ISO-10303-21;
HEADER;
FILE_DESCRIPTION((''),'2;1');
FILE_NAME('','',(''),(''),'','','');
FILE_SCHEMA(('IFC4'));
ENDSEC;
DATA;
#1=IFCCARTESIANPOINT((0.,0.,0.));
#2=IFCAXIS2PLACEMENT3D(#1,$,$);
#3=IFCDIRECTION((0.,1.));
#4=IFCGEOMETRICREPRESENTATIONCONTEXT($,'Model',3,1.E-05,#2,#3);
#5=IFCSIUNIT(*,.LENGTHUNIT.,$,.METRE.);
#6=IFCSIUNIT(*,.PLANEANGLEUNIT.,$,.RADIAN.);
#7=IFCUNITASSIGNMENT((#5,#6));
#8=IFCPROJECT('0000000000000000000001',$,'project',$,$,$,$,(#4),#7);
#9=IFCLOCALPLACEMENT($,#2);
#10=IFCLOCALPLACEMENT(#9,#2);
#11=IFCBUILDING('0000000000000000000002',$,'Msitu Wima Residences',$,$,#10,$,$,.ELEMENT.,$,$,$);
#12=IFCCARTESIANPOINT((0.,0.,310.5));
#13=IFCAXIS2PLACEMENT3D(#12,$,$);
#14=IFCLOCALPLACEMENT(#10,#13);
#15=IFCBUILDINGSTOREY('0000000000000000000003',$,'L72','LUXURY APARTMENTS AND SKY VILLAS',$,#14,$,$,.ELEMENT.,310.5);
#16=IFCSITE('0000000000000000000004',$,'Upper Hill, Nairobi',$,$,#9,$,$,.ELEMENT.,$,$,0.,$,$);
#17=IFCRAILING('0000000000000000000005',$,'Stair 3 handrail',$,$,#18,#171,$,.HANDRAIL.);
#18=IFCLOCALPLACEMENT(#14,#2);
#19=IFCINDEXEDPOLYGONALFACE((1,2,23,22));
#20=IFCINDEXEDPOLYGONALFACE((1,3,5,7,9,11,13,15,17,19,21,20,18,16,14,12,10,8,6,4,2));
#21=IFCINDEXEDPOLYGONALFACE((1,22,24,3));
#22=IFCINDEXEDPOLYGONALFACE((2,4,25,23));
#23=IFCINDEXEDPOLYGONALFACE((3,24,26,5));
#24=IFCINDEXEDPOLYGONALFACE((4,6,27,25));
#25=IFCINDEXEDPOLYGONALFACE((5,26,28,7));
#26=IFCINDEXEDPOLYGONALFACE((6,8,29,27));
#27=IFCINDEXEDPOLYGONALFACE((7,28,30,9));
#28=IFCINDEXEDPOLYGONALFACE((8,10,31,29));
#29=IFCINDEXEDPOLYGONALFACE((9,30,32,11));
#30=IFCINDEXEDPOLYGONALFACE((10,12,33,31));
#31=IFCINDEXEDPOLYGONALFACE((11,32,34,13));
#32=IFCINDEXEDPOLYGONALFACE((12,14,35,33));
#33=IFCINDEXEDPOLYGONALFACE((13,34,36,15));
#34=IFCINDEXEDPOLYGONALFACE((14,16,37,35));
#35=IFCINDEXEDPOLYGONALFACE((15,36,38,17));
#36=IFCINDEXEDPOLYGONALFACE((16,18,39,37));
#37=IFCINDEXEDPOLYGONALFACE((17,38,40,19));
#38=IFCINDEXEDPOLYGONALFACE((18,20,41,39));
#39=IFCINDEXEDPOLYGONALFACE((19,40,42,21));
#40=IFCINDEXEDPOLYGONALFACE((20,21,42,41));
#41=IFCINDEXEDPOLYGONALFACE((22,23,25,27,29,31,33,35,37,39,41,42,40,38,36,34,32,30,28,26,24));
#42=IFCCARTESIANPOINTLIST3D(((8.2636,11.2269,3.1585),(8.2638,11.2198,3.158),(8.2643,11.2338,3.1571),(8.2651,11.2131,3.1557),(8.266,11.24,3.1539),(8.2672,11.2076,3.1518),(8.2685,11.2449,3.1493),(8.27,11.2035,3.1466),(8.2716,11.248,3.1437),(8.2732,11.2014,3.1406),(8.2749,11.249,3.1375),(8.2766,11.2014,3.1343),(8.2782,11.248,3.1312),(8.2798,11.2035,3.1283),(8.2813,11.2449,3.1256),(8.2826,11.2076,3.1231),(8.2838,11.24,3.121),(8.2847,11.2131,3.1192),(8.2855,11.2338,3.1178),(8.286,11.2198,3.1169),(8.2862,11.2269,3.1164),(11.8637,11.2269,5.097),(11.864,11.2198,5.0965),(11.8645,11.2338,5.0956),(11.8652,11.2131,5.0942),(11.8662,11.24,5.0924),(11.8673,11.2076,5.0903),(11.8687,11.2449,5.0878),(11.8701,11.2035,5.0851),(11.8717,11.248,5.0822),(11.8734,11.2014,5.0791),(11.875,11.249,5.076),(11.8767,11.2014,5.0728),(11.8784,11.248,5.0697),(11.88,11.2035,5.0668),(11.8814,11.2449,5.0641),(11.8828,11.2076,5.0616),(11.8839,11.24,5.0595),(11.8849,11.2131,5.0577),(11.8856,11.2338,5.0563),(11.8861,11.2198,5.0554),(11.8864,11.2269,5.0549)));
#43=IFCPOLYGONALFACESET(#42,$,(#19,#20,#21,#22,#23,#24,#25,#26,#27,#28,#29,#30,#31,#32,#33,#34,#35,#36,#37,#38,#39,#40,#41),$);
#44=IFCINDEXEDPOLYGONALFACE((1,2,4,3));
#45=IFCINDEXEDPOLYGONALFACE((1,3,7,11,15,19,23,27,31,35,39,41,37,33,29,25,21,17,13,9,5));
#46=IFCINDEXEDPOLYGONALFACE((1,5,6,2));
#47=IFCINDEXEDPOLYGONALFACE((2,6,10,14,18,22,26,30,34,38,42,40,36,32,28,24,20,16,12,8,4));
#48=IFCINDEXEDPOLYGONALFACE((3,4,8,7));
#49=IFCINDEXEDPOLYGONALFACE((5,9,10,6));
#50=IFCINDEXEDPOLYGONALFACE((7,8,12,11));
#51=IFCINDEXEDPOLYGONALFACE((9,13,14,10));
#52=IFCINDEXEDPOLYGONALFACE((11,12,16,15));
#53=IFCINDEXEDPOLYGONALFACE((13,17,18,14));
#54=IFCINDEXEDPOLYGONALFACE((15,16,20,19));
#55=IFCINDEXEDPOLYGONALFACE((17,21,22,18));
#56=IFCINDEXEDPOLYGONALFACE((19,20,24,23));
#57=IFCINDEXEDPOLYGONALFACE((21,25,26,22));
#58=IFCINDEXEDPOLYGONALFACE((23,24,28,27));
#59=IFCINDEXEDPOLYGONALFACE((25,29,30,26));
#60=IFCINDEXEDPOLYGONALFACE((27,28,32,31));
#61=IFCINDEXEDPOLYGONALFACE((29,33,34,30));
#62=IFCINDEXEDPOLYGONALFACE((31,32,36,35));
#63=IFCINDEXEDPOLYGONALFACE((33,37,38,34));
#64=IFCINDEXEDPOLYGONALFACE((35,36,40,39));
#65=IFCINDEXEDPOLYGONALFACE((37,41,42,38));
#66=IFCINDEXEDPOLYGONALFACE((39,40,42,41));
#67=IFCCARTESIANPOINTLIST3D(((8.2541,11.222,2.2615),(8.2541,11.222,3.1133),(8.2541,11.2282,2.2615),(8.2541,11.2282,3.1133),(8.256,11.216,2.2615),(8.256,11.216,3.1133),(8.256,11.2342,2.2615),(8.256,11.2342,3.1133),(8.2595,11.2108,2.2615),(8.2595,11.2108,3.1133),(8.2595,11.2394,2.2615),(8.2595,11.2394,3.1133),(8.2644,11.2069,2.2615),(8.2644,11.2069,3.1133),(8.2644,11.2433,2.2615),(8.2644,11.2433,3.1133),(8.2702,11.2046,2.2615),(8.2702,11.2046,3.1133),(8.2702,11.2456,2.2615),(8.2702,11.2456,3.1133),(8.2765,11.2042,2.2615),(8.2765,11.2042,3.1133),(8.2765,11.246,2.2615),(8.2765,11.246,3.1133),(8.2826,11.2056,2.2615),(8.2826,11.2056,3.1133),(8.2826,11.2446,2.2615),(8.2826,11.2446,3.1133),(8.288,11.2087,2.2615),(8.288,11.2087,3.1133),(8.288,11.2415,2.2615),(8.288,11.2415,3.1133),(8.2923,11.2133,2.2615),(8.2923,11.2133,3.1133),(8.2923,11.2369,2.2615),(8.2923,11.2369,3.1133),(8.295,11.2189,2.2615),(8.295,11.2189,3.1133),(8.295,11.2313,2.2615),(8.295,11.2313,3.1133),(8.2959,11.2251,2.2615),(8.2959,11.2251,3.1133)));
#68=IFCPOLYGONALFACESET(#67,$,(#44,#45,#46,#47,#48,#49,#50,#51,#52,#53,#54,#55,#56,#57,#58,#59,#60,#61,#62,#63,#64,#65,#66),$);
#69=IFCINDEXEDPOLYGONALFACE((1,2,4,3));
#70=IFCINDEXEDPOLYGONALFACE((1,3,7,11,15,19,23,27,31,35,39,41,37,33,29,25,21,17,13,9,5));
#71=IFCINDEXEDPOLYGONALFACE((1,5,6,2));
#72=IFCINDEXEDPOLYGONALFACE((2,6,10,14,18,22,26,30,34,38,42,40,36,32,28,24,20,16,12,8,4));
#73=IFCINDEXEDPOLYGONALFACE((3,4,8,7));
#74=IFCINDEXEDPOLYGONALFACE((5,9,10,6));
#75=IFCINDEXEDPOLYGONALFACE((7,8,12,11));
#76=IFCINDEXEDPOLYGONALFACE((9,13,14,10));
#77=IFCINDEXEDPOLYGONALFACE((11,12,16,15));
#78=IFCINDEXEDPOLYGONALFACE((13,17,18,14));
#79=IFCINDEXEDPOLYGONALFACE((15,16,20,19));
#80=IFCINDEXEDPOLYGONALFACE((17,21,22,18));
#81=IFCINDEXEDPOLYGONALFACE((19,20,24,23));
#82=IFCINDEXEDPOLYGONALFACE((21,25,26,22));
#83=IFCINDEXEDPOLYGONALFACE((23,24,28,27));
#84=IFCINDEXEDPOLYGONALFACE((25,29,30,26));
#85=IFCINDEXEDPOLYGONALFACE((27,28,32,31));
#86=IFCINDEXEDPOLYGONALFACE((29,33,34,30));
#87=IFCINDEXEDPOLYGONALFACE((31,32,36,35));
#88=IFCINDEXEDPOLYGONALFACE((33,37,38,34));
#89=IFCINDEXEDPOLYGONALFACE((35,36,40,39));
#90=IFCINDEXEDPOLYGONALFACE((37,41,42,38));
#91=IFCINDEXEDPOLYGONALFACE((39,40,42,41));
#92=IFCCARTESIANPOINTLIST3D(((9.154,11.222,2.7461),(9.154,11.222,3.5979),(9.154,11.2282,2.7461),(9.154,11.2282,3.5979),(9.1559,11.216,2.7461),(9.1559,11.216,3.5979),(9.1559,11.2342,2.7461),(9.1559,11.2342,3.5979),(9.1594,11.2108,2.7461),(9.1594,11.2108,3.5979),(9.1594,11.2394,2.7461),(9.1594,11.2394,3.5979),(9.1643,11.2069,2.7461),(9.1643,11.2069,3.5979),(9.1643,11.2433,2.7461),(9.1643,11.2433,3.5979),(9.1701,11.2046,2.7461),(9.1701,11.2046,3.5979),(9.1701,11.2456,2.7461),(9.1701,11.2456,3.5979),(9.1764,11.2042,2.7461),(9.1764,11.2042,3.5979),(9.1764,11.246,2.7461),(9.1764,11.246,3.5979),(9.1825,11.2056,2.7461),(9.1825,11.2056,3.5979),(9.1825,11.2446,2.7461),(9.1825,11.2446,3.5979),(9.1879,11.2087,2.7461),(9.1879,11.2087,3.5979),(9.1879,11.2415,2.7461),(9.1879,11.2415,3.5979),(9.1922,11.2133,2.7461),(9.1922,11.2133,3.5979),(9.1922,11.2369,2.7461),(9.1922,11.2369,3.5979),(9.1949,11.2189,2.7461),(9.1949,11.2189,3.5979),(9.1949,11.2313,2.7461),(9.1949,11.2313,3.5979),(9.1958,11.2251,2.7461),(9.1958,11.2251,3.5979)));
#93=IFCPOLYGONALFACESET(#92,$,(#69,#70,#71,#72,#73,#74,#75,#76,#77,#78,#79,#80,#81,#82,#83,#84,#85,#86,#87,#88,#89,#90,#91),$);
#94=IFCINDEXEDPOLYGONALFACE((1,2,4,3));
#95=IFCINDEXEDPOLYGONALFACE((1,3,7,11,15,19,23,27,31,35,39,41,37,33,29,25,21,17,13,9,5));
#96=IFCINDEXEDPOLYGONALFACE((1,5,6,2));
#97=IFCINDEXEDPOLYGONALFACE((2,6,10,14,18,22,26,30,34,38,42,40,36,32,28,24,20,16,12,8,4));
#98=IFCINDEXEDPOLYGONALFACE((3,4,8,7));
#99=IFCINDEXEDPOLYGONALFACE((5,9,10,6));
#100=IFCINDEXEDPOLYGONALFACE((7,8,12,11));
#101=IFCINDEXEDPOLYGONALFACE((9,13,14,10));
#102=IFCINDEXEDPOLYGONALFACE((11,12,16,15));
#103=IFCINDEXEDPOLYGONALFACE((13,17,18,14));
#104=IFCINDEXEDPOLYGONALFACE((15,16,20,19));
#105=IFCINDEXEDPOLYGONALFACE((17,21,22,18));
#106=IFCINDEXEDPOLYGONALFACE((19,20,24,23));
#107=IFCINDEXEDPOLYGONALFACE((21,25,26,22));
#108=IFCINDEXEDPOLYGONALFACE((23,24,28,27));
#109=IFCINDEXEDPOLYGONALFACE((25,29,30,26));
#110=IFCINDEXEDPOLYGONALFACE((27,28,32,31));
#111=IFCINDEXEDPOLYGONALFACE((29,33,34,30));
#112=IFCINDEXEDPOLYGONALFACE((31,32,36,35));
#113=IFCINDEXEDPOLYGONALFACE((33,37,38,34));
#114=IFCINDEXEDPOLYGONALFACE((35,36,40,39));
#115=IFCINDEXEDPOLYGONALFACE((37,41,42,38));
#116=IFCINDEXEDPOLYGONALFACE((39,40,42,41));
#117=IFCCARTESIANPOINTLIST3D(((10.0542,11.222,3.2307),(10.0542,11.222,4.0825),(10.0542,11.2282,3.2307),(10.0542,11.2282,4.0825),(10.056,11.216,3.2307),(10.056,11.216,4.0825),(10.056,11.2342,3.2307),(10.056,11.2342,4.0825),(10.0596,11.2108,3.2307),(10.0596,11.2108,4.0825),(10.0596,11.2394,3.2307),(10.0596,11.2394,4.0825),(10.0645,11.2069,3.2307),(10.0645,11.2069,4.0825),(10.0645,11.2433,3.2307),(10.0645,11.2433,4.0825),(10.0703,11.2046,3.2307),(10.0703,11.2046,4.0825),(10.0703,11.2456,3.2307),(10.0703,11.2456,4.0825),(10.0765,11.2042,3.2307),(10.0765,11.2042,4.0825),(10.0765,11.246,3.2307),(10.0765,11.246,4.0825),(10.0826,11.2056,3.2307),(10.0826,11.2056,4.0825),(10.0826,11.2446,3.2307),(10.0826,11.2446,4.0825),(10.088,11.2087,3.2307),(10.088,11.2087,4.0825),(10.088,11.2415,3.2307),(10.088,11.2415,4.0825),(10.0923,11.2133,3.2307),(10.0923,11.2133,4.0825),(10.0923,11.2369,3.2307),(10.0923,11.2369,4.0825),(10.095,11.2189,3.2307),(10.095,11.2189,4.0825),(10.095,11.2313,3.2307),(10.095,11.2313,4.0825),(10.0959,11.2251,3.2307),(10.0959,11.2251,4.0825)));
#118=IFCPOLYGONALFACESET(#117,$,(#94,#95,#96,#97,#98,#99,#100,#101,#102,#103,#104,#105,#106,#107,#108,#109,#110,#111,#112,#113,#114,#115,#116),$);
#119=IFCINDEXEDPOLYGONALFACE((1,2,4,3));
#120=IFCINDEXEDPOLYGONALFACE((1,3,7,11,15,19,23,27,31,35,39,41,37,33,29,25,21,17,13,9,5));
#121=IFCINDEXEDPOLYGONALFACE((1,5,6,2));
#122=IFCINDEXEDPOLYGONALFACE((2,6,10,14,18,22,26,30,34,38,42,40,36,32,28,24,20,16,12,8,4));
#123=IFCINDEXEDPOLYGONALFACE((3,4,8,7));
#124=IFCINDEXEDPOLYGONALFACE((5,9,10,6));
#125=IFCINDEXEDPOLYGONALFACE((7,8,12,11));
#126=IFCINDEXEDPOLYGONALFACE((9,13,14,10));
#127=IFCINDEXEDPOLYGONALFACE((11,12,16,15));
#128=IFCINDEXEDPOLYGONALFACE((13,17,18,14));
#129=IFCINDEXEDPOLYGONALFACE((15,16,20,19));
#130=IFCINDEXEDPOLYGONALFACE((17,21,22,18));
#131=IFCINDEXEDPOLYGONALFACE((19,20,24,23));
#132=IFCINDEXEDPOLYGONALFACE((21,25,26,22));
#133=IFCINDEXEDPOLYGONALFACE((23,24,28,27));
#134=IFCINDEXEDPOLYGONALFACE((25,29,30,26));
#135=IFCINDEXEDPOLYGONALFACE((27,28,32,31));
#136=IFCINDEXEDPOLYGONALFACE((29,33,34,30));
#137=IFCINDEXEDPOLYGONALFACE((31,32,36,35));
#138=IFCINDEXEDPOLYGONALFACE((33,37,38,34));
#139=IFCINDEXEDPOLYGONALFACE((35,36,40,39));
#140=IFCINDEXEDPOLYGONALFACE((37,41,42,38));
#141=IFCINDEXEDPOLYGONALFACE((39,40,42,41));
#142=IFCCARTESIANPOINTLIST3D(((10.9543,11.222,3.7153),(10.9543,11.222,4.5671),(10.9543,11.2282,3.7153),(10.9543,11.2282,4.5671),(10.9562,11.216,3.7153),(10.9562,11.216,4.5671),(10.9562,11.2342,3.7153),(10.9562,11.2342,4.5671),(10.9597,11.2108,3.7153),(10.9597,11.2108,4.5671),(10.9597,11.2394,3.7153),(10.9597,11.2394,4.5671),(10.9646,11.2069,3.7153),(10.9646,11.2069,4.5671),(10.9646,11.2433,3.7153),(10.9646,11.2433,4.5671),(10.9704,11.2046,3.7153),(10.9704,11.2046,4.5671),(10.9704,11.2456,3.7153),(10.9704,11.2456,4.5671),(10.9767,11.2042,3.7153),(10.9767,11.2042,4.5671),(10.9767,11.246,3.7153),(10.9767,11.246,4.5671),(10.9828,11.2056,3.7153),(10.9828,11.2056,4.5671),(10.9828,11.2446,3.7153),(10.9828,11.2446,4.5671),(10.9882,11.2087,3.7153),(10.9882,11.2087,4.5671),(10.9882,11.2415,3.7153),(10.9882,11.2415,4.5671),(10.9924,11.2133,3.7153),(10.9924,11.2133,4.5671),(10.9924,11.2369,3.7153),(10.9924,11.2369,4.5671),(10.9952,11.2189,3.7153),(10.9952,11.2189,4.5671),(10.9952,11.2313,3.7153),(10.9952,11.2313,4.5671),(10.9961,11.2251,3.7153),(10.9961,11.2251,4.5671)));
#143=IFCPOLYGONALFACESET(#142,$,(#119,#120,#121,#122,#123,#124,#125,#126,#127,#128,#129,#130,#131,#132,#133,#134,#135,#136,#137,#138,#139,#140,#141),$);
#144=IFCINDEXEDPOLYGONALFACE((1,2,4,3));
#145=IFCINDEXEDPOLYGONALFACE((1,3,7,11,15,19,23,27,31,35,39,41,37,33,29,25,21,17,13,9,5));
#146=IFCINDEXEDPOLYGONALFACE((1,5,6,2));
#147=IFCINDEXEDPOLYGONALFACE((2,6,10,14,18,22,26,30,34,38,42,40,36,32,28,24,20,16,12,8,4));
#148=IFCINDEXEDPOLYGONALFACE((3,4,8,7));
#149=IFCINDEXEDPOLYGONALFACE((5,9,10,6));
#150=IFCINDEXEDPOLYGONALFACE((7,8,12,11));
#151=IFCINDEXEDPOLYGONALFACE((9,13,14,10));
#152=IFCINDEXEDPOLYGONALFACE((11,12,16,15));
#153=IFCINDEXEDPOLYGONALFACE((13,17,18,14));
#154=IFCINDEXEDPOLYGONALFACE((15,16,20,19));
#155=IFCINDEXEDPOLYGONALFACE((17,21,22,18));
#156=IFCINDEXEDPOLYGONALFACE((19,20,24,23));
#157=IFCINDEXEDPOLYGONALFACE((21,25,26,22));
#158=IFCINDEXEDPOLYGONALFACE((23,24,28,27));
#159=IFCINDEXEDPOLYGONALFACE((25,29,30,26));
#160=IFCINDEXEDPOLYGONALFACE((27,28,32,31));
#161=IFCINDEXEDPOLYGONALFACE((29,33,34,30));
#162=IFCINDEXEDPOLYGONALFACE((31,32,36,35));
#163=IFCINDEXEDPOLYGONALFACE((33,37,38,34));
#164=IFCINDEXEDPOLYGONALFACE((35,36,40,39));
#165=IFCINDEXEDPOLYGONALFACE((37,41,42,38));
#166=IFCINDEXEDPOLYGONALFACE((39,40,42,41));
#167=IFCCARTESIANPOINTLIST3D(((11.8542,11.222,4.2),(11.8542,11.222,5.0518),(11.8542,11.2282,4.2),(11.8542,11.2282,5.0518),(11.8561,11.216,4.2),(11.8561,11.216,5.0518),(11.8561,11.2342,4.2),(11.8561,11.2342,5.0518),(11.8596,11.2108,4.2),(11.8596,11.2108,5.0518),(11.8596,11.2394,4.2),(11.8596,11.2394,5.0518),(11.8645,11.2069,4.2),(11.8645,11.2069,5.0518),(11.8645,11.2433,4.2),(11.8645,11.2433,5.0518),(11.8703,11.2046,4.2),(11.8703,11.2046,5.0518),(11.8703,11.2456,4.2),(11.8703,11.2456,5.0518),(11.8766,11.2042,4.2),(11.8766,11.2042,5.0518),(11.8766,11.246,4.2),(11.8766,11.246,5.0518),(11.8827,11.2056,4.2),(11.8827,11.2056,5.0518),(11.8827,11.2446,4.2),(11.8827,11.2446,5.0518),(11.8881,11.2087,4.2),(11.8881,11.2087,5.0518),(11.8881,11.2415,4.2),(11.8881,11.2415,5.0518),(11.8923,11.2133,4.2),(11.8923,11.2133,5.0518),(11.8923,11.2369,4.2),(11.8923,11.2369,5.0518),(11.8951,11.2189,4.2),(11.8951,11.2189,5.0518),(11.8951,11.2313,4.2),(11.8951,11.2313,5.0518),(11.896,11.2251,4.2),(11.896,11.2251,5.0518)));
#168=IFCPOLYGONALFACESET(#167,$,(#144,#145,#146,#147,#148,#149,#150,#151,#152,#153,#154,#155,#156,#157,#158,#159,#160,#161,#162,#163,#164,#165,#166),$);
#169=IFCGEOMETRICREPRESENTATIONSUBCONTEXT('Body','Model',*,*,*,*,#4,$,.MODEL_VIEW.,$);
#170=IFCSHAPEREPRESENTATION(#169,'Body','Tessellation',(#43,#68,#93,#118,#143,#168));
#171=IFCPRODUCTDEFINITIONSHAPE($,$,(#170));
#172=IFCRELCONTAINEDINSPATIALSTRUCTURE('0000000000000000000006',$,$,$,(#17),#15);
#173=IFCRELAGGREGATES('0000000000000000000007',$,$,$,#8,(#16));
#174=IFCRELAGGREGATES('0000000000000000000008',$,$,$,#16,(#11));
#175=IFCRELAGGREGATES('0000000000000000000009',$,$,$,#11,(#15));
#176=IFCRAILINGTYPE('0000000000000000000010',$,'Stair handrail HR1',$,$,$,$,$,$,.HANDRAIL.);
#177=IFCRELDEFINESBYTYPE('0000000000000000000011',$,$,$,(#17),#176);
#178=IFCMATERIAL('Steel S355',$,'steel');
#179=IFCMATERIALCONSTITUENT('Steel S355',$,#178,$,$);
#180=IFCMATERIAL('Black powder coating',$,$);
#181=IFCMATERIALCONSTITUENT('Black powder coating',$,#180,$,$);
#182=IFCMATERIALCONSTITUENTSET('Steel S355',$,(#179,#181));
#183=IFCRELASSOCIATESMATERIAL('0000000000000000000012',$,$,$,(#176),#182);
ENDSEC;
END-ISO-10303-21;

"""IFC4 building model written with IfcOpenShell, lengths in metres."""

from ifc_helpers import new_model, si_unit, direction, frame, origin, origin_2d, place, context, subcontext, project, spatial, circle, extrude, material, constituent, constituent_set, type_object, element, save


model = new_model("IFC4")

# Units and contexts
model_context = context("Model", 3, precision=1e-05, world=origin(), true_north=direction((0.0, 1.0)))
body_context = subcontext(model_context, "Body", "Model", "MODEL_VIEW")
ifc_project = project(units=[si_unit("LENGTHUNIT", "METRE"), si_unit("PLANEANGLEUNIT", "RADIAN")], contexts=[model_context])

# Site, building, storey
site_placement = place(None, origin())
site = spatial("IfcSite", under=ifc_project, at=site_placement, Name="Upper Hill, Nairobi", CompositionType="ELEMENT", RefElevation=0.0)
building_placement = place(site_placement, origin())
building = spatial("IfcBuilding", under=site, at=building_placement, Name="Msitu Wima Residences", CompositionType="ELEMENT")
storey_placement = place(building_placement, frame((0.0, 0.0, 310.5)))
storey = spatial("IfcBuildingStorey", under=building, at=storey_placement, Name="L72", Description="LUXURY APARTMENTS AND SKY VILLAS", CompositionType="ELEMENT", Elevation=310.5)

# Railing
ifc_material_1 = material(Name="Steel S355", Category="steel")
ifc_constituent_1 = constituent(ifc_material_1, Name="Steel S355")
ifc_material_2 = material(Name="Black powder coating")
ifc_constituent_2 = constituent(ifc_material_2, Name="Black powder coating")
ifc_constituent_set = constituent_set(constituents=[ifc_constituent_1, ifc_constituent_2], Name="Steel S355")
railing_type = type_object("IfcRailingType", Name="Stair handrail HR1", PredefinedType="HANDRAIL", material=ifc_constituent_set)
for number, where, name in (
    (1, (8.2749, 11.2251, 2.2615), "Stair 3 handrail"),
):
    element("IfcRailing", number, at=place(storey_placement, frame(where)), inside=storey, type_object=railing_type, Name=name, PredefinedType="HANDRAIL", context=body_context, shape_type="SweptSolid", body=[
        extrude(circle(Radius=0.0239, at=origin_2d()), frame((0.0, 0.0, 0.876), z_axis=(0.880475, 0.0, 0.474093), x_axis=(0.0, 1.0, 0.0)), (0.0, 0.0, 1.0), 4.0889),
        extrude(circle(Radius=0.021, at=origin_2d()), origin(), (0.0, 0.0, 1.0), 0.8518),
        extrude(circle(Radius=0.021, at=origin_2d()), frame((0.8999, 0.0, 0.4846)), (0.0, 0.0, 1.0), 0.8518),
        extrude(circle(Radius=0.021, at=origin_2d()), frame((1.8, 0.0, 0.9692)), (0.0, 0.0, 1.0), 0.8518),
        extrude(circle(Radius=0.021, at=origin_2d()), frame((2.7002, 0.0, 1.4539)), (0.0, 0.0, 1.0), 0.8518),
        extrude(circle(Radius=0.021, at=origin_2d()), frame((3.6001, 0.0, 1.9385)), (0.0, 0.0, 1.0), 0.8518),
    ])

save(model, "model.ifc")
